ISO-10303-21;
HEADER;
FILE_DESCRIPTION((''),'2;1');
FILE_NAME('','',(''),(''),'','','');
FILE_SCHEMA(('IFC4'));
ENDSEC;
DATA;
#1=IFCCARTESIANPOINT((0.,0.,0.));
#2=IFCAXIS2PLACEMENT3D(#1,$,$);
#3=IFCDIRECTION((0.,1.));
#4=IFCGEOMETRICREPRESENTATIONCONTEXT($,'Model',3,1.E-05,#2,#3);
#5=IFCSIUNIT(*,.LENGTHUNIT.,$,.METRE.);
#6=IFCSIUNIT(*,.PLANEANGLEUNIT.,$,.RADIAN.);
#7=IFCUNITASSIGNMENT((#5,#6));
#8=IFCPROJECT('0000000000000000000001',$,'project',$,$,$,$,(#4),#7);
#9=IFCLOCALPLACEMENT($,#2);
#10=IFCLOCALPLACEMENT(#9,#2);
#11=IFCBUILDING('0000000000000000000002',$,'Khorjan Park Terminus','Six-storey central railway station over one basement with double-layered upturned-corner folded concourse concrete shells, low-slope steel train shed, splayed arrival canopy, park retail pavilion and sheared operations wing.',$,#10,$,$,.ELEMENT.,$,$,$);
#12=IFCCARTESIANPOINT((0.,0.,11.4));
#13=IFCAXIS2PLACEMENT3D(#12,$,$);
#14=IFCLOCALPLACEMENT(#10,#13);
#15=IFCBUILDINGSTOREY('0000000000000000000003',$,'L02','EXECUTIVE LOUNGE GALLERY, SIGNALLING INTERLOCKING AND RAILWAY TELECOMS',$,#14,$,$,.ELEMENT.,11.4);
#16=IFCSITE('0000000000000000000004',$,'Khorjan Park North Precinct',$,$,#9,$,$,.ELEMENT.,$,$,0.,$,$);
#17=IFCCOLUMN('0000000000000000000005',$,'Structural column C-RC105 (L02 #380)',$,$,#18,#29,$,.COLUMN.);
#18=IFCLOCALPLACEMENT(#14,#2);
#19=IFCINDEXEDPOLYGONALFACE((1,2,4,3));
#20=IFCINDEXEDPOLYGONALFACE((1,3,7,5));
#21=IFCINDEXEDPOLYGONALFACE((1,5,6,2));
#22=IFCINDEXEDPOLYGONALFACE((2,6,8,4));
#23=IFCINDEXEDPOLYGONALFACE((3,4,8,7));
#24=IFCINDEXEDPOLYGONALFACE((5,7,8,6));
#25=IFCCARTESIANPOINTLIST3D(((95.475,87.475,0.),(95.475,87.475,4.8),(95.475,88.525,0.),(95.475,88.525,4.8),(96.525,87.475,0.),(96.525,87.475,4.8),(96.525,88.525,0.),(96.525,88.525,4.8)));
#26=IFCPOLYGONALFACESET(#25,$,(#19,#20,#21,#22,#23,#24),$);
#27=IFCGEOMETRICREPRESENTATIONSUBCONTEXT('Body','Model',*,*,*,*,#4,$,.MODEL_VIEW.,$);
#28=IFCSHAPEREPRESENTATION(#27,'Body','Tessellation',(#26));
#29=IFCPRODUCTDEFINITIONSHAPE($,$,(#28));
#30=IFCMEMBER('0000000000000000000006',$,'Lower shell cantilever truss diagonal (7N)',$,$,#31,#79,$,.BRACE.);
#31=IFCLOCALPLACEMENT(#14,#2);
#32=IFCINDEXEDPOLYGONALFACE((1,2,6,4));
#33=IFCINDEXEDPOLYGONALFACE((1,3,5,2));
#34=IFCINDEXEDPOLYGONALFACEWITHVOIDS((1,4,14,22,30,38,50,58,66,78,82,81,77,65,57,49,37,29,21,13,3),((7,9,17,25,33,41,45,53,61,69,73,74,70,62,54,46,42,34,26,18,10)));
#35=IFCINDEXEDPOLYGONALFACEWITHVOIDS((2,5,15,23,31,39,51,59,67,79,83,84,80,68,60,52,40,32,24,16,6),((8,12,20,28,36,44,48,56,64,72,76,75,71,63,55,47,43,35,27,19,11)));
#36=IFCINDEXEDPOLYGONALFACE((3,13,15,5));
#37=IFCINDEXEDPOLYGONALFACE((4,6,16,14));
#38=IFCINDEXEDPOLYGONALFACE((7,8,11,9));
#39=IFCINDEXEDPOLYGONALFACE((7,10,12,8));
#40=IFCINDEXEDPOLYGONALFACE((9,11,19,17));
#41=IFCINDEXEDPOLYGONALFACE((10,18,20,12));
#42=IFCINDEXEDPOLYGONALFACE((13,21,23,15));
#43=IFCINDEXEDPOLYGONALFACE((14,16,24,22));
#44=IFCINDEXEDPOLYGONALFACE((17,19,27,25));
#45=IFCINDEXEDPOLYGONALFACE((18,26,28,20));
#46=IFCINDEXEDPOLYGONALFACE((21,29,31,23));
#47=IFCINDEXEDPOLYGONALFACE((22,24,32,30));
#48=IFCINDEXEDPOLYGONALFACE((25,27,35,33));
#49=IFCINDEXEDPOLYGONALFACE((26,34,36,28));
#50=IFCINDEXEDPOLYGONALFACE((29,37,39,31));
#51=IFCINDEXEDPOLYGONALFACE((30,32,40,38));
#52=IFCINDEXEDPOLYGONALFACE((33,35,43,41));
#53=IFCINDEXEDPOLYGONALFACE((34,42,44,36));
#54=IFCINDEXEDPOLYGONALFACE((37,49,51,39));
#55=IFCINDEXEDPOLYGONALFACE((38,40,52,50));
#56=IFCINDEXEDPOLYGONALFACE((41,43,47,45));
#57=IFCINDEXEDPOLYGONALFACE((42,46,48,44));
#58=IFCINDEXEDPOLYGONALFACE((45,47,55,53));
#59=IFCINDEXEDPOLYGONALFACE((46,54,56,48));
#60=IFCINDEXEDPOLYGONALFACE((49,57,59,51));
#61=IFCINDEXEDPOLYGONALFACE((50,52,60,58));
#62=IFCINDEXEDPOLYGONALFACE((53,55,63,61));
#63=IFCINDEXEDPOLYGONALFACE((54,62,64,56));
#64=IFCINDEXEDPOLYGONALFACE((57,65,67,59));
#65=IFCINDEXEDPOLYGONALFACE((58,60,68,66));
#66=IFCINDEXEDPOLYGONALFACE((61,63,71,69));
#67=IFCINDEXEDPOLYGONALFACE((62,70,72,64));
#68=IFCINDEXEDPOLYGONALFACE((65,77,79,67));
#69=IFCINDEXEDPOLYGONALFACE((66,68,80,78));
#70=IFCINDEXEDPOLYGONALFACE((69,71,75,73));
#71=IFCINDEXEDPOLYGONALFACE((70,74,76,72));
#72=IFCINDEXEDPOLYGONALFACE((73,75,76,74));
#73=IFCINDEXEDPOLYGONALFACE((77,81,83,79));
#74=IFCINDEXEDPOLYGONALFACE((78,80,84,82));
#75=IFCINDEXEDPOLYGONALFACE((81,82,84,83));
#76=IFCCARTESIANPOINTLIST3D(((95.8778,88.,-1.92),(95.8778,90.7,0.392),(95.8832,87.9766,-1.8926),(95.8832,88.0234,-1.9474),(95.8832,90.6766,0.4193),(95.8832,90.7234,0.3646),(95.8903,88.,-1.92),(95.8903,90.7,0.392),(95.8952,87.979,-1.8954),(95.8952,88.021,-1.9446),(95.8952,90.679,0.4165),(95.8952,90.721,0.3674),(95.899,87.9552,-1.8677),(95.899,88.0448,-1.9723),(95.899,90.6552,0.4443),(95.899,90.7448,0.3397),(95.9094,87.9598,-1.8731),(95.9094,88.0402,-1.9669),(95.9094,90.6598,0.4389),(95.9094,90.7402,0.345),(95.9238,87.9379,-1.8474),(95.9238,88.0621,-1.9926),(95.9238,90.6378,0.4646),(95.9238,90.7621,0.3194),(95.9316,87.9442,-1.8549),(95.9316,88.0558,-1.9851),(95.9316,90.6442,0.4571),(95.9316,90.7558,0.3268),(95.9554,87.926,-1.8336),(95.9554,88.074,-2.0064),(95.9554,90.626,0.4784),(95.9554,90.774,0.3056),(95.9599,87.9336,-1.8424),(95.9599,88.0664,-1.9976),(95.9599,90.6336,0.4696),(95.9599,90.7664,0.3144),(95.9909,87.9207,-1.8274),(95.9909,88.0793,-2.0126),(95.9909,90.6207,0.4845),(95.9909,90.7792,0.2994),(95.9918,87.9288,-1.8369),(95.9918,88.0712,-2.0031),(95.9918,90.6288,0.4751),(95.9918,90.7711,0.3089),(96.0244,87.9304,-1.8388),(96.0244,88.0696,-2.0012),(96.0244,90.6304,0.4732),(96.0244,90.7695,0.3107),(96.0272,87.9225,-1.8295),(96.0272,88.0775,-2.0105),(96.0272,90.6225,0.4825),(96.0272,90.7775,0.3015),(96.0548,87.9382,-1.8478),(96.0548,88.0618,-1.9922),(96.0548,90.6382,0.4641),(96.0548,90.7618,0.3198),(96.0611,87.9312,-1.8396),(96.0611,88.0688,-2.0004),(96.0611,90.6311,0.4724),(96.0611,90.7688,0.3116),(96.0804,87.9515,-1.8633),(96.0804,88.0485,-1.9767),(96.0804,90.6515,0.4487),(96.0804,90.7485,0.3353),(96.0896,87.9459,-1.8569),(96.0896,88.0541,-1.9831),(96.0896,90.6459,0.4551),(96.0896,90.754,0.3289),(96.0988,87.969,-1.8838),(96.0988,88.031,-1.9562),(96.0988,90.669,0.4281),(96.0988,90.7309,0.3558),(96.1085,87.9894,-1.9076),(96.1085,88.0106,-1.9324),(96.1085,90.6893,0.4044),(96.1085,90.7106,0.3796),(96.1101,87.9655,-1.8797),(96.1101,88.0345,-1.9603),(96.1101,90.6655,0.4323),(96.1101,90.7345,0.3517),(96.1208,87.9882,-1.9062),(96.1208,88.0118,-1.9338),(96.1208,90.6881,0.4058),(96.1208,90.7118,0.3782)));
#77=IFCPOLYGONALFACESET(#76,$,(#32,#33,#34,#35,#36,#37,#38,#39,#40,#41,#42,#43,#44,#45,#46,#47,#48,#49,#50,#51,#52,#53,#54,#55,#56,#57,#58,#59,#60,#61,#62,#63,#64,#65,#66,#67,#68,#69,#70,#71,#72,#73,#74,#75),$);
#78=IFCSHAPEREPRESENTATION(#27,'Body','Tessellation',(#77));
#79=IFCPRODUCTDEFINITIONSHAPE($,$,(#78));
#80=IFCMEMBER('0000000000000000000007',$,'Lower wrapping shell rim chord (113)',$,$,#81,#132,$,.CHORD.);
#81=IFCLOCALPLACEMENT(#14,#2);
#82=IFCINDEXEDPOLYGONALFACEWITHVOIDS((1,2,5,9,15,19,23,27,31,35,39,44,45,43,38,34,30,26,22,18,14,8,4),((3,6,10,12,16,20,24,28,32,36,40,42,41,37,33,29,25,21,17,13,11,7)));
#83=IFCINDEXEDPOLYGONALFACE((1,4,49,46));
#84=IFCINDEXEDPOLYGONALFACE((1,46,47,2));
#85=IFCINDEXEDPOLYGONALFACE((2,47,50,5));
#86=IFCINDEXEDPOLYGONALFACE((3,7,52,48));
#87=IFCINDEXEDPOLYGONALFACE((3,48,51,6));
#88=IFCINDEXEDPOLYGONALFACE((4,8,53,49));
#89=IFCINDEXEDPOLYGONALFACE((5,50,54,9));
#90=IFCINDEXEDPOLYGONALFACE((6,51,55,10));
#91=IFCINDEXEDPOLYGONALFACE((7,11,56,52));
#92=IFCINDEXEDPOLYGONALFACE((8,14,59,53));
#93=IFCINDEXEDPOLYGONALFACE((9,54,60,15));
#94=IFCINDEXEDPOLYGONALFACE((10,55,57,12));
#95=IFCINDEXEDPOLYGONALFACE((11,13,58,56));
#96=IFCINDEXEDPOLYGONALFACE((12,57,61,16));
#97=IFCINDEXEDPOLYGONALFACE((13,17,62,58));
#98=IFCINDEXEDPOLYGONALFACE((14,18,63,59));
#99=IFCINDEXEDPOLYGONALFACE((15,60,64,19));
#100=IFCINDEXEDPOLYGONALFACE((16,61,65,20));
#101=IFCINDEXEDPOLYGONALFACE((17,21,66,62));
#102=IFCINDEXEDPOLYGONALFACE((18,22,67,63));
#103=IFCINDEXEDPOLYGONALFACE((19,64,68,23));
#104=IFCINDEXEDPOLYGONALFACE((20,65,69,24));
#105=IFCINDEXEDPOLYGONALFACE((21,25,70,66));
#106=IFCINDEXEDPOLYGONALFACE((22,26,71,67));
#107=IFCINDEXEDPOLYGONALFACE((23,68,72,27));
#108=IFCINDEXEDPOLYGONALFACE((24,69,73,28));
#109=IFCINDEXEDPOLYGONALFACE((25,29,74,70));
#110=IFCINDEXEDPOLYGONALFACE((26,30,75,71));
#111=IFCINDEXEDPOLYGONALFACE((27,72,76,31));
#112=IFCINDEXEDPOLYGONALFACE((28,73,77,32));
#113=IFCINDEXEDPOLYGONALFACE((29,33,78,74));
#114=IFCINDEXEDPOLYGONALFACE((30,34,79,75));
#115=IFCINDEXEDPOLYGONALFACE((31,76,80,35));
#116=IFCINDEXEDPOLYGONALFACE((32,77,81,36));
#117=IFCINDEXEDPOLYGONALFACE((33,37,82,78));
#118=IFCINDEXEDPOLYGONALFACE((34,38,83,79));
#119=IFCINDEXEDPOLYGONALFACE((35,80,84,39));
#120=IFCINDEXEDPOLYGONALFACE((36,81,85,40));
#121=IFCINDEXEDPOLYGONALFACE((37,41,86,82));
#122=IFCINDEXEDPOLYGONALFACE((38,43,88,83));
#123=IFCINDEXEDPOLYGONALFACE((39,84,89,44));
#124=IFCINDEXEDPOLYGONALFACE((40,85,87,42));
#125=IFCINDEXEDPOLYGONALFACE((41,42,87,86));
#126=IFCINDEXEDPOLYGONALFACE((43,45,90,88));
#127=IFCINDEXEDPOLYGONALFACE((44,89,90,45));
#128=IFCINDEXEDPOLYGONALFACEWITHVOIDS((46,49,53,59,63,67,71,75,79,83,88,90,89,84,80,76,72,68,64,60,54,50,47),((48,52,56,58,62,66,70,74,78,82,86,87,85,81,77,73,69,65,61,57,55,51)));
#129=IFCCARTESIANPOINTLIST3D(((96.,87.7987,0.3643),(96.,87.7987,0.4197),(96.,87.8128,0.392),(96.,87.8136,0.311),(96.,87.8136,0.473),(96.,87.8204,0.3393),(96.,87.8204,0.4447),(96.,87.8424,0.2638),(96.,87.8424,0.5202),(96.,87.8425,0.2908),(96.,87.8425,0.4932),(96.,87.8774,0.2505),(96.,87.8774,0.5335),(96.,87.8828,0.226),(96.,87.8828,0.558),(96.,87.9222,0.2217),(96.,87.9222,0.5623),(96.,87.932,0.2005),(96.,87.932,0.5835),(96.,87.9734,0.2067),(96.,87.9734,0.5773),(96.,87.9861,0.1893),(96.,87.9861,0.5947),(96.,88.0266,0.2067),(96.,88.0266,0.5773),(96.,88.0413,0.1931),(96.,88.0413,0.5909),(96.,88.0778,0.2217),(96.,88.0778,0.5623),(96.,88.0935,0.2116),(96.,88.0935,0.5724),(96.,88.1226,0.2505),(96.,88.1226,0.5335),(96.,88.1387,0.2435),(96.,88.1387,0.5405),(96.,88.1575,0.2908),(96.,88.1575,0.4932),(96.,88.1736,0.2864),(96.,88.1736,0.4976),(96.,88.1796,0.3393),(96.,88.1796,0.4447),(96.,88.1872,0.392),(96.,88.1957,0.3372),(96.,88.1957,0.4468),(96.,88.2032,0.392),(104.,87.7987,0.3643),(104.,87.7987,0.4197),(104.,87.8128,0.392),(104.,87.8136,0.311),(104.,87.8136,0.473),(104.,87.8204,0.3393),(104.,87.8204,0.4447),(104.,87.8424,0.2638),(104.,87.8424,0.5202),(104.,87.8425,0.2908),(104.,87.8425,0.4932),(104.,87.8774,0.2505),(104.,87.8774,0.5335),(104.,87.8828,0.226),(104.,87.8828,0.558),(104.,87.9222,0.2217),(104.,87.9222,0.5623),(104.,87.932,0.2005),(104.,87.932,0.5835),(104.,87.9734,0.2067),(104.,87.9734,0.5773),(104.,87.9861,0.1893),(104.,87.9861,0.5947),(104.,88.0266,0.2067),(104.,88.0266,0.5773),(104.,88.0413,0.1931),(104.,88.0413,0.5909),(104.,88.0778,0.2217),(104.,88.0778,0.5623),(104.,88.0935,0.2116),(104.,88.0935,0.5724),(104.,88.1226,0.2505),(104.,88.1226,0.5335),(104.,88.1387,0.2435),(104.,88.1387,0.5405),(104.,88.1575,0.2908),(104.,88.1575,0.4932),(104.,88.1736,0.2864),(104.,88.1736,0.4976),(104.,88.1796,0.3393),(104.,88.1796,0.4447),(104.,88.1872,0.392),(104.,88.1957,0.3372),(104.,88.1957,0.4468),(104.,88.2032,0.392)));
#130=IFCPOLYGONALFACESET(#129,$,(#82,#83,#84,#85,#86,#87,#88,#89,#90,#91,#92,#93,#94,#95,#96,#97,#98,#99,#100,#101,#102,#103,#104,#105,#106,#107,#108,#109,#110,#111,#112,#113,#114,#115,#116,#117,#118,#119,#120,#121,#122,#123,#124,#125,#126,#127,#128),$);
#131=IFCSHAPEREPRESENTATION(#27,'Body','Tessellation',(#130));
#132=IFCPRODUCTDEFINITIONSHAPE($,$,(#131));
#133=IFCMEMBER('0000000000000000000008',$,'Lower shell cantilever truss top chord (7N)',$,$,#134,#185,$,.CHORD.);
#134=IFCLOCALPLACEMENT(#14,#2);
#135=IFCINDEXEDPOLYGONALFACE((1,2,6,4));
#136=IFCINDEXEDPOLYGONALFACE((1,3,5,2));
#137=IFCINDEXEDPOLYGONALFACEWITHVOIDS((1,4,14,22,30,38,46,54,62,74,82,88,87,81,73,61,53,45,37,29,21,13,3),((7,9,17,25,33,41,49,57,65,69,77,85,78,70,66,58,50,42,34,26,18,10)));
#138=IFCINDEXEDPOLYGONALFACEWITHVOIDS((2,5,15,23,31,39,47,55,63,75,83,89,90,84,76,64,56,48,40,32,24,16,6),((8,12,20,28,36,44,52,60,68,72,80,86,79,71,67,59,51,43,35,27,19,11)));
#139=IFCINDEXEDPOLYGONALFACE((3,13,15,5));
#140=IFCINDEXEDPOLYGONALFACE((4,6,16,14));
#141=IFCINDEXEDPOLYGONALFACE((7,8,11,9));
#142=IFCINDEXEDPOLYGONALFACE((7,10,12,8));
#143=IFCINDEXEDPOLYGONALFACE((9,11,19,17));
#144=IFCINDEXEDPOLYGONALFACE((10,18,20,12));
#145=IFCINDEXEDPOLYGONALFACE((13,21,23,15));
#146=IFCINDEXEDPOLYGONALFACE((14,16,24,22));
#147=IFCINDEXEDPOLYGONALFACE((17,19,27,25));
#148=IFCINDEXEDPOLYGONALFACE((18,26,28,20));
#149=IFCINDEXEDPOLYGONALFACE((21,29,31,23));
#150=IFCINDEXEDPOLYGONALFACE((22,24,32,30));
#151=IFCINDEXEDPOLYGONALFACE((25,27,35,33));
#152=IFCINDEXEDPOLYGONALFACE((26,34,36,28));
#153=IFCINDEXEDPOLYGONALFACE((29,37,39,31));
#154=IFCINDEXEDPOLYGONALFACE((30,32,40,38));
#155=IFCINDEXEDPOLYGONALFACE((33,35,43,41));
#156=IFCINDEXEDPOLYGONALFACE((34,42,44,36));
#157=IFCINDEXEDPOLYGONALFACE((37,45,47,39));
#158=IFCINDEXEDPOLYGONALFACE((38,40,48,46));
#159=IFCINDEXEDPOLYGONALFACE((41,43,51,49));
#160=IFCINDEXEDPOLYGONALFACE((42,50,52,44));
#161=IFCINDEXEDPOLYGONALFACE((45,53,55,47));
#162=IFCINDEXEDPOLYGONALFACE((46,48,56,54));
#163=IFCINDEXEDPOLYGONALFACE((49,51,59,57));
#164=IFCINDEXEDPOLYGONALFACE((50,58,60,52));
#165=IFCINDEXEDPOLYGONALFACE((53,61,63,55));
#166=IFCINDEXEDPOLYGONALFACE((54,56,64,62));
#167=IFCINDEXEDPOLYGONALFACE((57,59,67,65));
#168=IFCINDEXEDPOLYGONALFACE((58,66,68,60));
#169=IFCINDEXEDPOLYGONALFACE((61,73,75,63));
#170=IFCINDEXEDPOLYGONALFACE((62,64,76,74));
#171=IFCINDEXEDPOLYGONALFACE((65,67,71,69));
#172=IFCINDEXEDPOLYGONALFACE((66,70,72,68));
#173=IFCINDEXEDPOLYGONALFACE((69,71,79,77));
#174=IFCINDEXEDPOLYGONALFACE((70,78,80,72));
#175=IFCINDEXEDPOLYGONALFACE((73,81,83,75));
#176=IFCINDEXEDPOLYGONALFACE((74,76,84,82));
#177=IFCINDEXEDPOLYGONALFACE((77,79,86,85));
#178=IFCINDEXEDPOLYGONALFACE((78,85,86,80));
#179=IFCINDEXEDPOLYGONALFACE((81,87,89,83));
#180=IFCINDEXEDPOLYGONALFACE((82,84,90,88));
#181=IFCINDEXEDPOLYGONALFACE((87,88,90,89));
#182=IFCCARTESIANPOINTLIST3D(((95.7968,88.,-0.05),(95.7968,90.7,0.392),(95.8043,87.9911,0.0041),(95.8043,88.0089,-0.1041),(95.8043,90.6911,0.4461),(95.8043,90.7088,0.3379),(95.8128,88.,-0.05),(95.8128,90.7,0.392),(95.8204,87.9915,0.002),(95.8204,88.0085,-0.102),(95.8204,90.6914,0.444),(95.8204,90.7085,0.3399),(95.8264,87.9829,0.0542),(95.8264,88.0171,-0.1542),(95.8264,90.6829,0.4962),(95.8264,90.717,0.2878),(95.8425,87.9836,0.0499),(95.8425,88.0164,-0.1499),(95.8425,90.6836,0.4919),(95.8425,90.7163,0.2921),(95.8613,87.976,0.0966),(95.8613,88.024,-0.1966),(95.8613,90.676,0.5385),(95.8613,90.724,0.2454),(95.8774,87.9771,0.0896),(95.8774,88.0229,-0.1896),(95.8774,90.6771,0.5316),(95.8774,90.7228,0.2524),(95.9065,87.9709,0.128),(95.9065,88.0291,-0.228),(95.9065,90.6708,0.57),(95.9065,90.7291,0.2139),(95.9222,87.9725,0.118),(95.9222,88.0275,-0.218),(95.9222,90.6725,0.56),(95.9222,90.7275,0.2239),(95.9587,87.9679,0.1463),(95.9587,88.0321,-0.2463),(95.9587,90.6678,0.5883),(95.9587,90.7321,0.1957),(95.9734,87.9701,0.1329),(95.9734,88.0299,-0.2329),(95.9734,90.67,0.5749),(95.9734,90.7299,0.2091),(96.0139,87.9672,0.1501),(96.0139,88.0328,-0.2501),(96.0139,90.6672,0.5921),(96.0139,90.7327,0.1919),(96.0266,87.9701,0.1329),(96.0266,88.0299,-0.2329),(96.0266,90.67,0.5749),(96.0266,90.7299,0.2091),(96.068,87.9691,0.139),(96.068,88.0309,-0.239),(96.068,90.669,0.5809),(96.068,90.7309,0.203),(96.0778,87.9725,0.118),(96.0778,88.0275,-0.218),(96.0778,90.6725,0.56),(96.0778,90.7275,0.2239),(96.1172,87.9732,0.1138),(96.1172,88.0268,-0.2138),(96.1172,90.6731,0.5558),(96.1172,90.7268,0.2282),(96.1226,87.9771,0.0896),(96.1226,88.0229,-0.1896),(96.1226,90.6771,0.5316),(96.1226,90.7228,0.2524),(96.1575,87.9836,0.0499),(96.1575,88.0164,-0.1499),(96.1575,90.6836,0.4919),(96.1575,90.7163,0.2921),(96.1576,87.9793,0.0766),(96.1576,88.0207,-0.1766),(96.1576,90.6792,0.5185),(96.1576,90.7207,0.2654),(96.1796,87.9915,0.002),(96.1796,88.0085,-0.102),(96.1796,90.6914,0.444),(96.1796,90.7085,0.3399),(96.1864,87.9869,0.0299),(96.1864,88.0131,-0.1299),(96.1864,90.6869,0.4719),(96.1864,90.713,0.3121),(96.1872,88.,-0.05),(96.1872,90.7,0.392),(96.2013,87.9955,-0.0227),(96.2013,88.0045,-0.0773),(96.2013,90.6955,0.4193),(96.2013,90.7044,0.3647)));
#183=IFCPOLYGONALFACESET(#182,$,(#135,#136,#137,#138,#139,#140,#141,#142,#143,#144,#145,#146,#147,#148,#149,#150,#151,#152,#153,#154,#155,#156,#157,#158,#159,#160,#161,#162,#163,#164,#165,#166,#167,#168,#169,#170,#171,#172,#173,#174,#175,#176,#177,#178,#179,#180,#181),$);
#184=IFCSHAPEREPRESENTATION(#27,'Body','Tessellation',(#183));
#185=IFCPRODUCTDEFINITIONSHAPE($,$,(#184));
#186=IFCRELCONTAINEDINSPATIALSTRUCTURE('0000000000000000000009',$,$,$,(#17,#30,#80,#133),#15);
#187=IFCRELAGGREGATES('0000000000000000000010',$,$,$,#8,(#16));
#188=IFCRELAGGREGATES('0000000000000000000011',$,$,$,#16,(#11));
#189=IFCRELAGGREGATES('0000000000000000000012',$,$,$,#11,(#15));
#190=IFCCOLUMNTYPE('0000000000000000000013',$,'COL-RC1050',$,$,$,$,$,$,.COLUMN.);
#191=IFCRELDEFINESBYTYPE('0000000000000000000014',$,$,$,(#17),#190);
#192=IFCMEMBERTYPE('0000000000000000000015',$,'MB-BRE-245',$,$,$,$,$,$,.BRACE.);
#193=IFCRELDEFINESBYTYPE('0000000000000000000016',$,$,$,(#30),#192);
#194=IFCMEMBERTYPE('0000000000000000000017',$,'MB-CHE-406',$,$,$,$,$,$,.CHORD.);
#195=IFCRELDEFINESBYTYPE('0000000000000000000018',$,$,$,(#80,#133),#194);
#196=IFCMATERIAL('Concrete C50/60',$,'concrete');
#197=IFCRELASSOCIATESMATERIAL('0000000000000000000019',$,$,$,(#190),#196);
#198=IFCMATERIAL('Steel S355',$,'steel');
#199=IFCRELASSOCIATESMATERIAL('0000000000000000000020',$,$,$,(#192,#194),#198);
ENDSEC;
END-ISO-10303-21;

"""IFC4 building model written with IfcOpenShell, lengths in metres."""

from ifc_helpers import new_model, si_unit, direction, frame, origin, origin_2d, place, context, subcontext, project, spatial, rectangle, hollow_circle, extrude, material, material_profile, profile_set, type_object, element, save


model = new_model("IFC4")

# Units and contexts
model_context = context("Model", 3, precision=1e-05, world=origin(), true_north=direction((0.0, 1.0)))
body_context = subcontext(model_context, "Body", "Model", "MODEL_VIEW")
ifc_project = project(units=[si_unit("LENGTHUNIT", "METRE"), si_unit("PLANEANGLEUNIT", "RADIAN")], contexts=[model_context])

# Site, building, storey
site_placement = place(None, origin())
site = spatial("IfcSite", under=ifc_project, at=site_placement, Name="Khorjan Park North Precinct", CompositionType="ELEMENT", RefElevation=0.0)
building_placement = place(site_placement, origin())
building = spatial("IfcBuilding", under=site, at=building_placement, Name="Khorjan Park Terminus", Description="Six-storey central railway station over one basement with double-layered upturned-corner folded concourse concrete shells, low-slope steel train shed, splayed arrival canopy, park retail pavilion and sheared operations wing.", CompositionType="ELEMENT")
storey_placement = place(building_placement, frame((0.0, 0.0, 11.4)))
storey = spatial("IfcBuildingStorey", under=building, at=storey_placement, Name="L02", Description="EXECUTIVE LOUNGE GALLERY, SIGNALLING INTERLOCKING AND RAILWAY TELECOMS", CompositionType="ELEMENT", Elevation=11.4)

# Column
ifc_material_1 = material(Name="Concrete C50/60", Category="concrete")
ifc_material_profile_1 = material_profile(ifc_material_1, rectangle(XDim=1.05, YDim=1.05, at=origin_2d()), Name="RC 1050x1050")
ifc_profile_set_1 = profile_set([ifc_material_profile_1], Name="Concrete C50/60")
column_type = type_object("IfcColumnType", Name="COL-RC1050", PredefinedType="COLUMN", material=ifc_profile_set_1)
column_placement = place(storey_placement, frame((96.0, 88.0, 0.0), z_axis=(0.0, 0.0, 1.0), x_axis=(1.0, 0.0, 0.0)))
element("IfcColumn", 1, at=column_placement, inside=storey, type_object=column_type, Name="Structural column C-RC105 (L02 #380)", PredefinedType="COLUMN", context=body_context, shape_type="SweptSolid", body=[
    extrude(rectangle(XDim=1.05, YDim=1.05, at=origin_2d()), origin(), (0.0, 0.0, 1.0), 4.8),
])

# Members
ifc_material_2 = material(Name="Steel S355", Category="steel")
ifc_material_profile_2 = material_profile(ifc_material_2, hollow_circle(Radius=0.1222, WallThickness=0.0125, at=origin_2d()), Name="CHS 244.5x12.5")
ifc_profile_set_2 = profile_set([ifc_material_profile_2], Name="Steel S355")
member_type_1 = type_object("IfcMemberType", Name="MB-BRE-245", PredefinedType="BRACE", material=ifc_profile_set_2)
member_1_placement = place(storey_placement, frame((96.0, 88.0, -1.92), z_axis=(0.0, 0.759574, 0.650421), x_axis=(-1.0, 0.0, 0.0)))
element("IfcMember", 2, at=member_1_placement, inside=storey, type_object=member_type_1, Name="Lower shell cantilever truss diagonal (7N)", PredefinedType="BRACE", context=body_context, shape_type="SweptSolid", body=[
    extrude(hollow_circle(Radius=0.1222, WallThickness=0.0125, at=origin_2d()), origin(), (0.0, 0.0, 1.0), 3.5546),
])
ifc_material_profile_3 = material_profile(ifc_material_2, hollow_circle(Radius=0.2032, WallThickness=0.016, at=origin_2d()), Name="CHS 406.4x16")
ifc_profile_set_3 = profile_set([ifc_material_profile_3], Name="Steel S355")
member_type_2 = type_object("IfcMemberType", Name="MB-CHE-406", PredefinedType="CHORD", material=ifc_profile_set_3)
member_2_placement = place(storey_placement, frame((96.0, 88.0, 0.392), z_axis=(1.0, 0.0, 0.0), x_axis=(0.0, 1.0, 0.0)))
element("IfcMember", 3, at=member_2_placement, inside=storey, type_object=member_type_2, Name="Lower wrapping shell rim chord (113)", PredefinedType="CHORD", context=body_context, shape_type="SweptSolid", body=[
    extrude(hollow_circle(Radius=0.2032, WallThickness=0.016, at=origin_2d()), origin(), (0.0, 0.0, 1.0), 8.0),
])
member_3_placement = place(storey_placement, frame((96.0, 88.0, -0.05), z_axis=(0.0, 0.986864, 0.161553), x_axis=(-1.0, 0.0, 0.0)))
element("IfcMember", 4, at=member_3_placement, inside=storey, type_object=member_type_2, Name="Lower shell cantilever truss top chord (7N)", PredefinedType="CHORD", context=body_context, shape_type="SweptSolid", body=[
    extrude(hollow_circle(Radius=0.2032, WallThickness=0.016, at=origin_2d()), origin(), (0.0, 0.0, 1.0), 2.7359),
])

save(model, "model.ifc")
